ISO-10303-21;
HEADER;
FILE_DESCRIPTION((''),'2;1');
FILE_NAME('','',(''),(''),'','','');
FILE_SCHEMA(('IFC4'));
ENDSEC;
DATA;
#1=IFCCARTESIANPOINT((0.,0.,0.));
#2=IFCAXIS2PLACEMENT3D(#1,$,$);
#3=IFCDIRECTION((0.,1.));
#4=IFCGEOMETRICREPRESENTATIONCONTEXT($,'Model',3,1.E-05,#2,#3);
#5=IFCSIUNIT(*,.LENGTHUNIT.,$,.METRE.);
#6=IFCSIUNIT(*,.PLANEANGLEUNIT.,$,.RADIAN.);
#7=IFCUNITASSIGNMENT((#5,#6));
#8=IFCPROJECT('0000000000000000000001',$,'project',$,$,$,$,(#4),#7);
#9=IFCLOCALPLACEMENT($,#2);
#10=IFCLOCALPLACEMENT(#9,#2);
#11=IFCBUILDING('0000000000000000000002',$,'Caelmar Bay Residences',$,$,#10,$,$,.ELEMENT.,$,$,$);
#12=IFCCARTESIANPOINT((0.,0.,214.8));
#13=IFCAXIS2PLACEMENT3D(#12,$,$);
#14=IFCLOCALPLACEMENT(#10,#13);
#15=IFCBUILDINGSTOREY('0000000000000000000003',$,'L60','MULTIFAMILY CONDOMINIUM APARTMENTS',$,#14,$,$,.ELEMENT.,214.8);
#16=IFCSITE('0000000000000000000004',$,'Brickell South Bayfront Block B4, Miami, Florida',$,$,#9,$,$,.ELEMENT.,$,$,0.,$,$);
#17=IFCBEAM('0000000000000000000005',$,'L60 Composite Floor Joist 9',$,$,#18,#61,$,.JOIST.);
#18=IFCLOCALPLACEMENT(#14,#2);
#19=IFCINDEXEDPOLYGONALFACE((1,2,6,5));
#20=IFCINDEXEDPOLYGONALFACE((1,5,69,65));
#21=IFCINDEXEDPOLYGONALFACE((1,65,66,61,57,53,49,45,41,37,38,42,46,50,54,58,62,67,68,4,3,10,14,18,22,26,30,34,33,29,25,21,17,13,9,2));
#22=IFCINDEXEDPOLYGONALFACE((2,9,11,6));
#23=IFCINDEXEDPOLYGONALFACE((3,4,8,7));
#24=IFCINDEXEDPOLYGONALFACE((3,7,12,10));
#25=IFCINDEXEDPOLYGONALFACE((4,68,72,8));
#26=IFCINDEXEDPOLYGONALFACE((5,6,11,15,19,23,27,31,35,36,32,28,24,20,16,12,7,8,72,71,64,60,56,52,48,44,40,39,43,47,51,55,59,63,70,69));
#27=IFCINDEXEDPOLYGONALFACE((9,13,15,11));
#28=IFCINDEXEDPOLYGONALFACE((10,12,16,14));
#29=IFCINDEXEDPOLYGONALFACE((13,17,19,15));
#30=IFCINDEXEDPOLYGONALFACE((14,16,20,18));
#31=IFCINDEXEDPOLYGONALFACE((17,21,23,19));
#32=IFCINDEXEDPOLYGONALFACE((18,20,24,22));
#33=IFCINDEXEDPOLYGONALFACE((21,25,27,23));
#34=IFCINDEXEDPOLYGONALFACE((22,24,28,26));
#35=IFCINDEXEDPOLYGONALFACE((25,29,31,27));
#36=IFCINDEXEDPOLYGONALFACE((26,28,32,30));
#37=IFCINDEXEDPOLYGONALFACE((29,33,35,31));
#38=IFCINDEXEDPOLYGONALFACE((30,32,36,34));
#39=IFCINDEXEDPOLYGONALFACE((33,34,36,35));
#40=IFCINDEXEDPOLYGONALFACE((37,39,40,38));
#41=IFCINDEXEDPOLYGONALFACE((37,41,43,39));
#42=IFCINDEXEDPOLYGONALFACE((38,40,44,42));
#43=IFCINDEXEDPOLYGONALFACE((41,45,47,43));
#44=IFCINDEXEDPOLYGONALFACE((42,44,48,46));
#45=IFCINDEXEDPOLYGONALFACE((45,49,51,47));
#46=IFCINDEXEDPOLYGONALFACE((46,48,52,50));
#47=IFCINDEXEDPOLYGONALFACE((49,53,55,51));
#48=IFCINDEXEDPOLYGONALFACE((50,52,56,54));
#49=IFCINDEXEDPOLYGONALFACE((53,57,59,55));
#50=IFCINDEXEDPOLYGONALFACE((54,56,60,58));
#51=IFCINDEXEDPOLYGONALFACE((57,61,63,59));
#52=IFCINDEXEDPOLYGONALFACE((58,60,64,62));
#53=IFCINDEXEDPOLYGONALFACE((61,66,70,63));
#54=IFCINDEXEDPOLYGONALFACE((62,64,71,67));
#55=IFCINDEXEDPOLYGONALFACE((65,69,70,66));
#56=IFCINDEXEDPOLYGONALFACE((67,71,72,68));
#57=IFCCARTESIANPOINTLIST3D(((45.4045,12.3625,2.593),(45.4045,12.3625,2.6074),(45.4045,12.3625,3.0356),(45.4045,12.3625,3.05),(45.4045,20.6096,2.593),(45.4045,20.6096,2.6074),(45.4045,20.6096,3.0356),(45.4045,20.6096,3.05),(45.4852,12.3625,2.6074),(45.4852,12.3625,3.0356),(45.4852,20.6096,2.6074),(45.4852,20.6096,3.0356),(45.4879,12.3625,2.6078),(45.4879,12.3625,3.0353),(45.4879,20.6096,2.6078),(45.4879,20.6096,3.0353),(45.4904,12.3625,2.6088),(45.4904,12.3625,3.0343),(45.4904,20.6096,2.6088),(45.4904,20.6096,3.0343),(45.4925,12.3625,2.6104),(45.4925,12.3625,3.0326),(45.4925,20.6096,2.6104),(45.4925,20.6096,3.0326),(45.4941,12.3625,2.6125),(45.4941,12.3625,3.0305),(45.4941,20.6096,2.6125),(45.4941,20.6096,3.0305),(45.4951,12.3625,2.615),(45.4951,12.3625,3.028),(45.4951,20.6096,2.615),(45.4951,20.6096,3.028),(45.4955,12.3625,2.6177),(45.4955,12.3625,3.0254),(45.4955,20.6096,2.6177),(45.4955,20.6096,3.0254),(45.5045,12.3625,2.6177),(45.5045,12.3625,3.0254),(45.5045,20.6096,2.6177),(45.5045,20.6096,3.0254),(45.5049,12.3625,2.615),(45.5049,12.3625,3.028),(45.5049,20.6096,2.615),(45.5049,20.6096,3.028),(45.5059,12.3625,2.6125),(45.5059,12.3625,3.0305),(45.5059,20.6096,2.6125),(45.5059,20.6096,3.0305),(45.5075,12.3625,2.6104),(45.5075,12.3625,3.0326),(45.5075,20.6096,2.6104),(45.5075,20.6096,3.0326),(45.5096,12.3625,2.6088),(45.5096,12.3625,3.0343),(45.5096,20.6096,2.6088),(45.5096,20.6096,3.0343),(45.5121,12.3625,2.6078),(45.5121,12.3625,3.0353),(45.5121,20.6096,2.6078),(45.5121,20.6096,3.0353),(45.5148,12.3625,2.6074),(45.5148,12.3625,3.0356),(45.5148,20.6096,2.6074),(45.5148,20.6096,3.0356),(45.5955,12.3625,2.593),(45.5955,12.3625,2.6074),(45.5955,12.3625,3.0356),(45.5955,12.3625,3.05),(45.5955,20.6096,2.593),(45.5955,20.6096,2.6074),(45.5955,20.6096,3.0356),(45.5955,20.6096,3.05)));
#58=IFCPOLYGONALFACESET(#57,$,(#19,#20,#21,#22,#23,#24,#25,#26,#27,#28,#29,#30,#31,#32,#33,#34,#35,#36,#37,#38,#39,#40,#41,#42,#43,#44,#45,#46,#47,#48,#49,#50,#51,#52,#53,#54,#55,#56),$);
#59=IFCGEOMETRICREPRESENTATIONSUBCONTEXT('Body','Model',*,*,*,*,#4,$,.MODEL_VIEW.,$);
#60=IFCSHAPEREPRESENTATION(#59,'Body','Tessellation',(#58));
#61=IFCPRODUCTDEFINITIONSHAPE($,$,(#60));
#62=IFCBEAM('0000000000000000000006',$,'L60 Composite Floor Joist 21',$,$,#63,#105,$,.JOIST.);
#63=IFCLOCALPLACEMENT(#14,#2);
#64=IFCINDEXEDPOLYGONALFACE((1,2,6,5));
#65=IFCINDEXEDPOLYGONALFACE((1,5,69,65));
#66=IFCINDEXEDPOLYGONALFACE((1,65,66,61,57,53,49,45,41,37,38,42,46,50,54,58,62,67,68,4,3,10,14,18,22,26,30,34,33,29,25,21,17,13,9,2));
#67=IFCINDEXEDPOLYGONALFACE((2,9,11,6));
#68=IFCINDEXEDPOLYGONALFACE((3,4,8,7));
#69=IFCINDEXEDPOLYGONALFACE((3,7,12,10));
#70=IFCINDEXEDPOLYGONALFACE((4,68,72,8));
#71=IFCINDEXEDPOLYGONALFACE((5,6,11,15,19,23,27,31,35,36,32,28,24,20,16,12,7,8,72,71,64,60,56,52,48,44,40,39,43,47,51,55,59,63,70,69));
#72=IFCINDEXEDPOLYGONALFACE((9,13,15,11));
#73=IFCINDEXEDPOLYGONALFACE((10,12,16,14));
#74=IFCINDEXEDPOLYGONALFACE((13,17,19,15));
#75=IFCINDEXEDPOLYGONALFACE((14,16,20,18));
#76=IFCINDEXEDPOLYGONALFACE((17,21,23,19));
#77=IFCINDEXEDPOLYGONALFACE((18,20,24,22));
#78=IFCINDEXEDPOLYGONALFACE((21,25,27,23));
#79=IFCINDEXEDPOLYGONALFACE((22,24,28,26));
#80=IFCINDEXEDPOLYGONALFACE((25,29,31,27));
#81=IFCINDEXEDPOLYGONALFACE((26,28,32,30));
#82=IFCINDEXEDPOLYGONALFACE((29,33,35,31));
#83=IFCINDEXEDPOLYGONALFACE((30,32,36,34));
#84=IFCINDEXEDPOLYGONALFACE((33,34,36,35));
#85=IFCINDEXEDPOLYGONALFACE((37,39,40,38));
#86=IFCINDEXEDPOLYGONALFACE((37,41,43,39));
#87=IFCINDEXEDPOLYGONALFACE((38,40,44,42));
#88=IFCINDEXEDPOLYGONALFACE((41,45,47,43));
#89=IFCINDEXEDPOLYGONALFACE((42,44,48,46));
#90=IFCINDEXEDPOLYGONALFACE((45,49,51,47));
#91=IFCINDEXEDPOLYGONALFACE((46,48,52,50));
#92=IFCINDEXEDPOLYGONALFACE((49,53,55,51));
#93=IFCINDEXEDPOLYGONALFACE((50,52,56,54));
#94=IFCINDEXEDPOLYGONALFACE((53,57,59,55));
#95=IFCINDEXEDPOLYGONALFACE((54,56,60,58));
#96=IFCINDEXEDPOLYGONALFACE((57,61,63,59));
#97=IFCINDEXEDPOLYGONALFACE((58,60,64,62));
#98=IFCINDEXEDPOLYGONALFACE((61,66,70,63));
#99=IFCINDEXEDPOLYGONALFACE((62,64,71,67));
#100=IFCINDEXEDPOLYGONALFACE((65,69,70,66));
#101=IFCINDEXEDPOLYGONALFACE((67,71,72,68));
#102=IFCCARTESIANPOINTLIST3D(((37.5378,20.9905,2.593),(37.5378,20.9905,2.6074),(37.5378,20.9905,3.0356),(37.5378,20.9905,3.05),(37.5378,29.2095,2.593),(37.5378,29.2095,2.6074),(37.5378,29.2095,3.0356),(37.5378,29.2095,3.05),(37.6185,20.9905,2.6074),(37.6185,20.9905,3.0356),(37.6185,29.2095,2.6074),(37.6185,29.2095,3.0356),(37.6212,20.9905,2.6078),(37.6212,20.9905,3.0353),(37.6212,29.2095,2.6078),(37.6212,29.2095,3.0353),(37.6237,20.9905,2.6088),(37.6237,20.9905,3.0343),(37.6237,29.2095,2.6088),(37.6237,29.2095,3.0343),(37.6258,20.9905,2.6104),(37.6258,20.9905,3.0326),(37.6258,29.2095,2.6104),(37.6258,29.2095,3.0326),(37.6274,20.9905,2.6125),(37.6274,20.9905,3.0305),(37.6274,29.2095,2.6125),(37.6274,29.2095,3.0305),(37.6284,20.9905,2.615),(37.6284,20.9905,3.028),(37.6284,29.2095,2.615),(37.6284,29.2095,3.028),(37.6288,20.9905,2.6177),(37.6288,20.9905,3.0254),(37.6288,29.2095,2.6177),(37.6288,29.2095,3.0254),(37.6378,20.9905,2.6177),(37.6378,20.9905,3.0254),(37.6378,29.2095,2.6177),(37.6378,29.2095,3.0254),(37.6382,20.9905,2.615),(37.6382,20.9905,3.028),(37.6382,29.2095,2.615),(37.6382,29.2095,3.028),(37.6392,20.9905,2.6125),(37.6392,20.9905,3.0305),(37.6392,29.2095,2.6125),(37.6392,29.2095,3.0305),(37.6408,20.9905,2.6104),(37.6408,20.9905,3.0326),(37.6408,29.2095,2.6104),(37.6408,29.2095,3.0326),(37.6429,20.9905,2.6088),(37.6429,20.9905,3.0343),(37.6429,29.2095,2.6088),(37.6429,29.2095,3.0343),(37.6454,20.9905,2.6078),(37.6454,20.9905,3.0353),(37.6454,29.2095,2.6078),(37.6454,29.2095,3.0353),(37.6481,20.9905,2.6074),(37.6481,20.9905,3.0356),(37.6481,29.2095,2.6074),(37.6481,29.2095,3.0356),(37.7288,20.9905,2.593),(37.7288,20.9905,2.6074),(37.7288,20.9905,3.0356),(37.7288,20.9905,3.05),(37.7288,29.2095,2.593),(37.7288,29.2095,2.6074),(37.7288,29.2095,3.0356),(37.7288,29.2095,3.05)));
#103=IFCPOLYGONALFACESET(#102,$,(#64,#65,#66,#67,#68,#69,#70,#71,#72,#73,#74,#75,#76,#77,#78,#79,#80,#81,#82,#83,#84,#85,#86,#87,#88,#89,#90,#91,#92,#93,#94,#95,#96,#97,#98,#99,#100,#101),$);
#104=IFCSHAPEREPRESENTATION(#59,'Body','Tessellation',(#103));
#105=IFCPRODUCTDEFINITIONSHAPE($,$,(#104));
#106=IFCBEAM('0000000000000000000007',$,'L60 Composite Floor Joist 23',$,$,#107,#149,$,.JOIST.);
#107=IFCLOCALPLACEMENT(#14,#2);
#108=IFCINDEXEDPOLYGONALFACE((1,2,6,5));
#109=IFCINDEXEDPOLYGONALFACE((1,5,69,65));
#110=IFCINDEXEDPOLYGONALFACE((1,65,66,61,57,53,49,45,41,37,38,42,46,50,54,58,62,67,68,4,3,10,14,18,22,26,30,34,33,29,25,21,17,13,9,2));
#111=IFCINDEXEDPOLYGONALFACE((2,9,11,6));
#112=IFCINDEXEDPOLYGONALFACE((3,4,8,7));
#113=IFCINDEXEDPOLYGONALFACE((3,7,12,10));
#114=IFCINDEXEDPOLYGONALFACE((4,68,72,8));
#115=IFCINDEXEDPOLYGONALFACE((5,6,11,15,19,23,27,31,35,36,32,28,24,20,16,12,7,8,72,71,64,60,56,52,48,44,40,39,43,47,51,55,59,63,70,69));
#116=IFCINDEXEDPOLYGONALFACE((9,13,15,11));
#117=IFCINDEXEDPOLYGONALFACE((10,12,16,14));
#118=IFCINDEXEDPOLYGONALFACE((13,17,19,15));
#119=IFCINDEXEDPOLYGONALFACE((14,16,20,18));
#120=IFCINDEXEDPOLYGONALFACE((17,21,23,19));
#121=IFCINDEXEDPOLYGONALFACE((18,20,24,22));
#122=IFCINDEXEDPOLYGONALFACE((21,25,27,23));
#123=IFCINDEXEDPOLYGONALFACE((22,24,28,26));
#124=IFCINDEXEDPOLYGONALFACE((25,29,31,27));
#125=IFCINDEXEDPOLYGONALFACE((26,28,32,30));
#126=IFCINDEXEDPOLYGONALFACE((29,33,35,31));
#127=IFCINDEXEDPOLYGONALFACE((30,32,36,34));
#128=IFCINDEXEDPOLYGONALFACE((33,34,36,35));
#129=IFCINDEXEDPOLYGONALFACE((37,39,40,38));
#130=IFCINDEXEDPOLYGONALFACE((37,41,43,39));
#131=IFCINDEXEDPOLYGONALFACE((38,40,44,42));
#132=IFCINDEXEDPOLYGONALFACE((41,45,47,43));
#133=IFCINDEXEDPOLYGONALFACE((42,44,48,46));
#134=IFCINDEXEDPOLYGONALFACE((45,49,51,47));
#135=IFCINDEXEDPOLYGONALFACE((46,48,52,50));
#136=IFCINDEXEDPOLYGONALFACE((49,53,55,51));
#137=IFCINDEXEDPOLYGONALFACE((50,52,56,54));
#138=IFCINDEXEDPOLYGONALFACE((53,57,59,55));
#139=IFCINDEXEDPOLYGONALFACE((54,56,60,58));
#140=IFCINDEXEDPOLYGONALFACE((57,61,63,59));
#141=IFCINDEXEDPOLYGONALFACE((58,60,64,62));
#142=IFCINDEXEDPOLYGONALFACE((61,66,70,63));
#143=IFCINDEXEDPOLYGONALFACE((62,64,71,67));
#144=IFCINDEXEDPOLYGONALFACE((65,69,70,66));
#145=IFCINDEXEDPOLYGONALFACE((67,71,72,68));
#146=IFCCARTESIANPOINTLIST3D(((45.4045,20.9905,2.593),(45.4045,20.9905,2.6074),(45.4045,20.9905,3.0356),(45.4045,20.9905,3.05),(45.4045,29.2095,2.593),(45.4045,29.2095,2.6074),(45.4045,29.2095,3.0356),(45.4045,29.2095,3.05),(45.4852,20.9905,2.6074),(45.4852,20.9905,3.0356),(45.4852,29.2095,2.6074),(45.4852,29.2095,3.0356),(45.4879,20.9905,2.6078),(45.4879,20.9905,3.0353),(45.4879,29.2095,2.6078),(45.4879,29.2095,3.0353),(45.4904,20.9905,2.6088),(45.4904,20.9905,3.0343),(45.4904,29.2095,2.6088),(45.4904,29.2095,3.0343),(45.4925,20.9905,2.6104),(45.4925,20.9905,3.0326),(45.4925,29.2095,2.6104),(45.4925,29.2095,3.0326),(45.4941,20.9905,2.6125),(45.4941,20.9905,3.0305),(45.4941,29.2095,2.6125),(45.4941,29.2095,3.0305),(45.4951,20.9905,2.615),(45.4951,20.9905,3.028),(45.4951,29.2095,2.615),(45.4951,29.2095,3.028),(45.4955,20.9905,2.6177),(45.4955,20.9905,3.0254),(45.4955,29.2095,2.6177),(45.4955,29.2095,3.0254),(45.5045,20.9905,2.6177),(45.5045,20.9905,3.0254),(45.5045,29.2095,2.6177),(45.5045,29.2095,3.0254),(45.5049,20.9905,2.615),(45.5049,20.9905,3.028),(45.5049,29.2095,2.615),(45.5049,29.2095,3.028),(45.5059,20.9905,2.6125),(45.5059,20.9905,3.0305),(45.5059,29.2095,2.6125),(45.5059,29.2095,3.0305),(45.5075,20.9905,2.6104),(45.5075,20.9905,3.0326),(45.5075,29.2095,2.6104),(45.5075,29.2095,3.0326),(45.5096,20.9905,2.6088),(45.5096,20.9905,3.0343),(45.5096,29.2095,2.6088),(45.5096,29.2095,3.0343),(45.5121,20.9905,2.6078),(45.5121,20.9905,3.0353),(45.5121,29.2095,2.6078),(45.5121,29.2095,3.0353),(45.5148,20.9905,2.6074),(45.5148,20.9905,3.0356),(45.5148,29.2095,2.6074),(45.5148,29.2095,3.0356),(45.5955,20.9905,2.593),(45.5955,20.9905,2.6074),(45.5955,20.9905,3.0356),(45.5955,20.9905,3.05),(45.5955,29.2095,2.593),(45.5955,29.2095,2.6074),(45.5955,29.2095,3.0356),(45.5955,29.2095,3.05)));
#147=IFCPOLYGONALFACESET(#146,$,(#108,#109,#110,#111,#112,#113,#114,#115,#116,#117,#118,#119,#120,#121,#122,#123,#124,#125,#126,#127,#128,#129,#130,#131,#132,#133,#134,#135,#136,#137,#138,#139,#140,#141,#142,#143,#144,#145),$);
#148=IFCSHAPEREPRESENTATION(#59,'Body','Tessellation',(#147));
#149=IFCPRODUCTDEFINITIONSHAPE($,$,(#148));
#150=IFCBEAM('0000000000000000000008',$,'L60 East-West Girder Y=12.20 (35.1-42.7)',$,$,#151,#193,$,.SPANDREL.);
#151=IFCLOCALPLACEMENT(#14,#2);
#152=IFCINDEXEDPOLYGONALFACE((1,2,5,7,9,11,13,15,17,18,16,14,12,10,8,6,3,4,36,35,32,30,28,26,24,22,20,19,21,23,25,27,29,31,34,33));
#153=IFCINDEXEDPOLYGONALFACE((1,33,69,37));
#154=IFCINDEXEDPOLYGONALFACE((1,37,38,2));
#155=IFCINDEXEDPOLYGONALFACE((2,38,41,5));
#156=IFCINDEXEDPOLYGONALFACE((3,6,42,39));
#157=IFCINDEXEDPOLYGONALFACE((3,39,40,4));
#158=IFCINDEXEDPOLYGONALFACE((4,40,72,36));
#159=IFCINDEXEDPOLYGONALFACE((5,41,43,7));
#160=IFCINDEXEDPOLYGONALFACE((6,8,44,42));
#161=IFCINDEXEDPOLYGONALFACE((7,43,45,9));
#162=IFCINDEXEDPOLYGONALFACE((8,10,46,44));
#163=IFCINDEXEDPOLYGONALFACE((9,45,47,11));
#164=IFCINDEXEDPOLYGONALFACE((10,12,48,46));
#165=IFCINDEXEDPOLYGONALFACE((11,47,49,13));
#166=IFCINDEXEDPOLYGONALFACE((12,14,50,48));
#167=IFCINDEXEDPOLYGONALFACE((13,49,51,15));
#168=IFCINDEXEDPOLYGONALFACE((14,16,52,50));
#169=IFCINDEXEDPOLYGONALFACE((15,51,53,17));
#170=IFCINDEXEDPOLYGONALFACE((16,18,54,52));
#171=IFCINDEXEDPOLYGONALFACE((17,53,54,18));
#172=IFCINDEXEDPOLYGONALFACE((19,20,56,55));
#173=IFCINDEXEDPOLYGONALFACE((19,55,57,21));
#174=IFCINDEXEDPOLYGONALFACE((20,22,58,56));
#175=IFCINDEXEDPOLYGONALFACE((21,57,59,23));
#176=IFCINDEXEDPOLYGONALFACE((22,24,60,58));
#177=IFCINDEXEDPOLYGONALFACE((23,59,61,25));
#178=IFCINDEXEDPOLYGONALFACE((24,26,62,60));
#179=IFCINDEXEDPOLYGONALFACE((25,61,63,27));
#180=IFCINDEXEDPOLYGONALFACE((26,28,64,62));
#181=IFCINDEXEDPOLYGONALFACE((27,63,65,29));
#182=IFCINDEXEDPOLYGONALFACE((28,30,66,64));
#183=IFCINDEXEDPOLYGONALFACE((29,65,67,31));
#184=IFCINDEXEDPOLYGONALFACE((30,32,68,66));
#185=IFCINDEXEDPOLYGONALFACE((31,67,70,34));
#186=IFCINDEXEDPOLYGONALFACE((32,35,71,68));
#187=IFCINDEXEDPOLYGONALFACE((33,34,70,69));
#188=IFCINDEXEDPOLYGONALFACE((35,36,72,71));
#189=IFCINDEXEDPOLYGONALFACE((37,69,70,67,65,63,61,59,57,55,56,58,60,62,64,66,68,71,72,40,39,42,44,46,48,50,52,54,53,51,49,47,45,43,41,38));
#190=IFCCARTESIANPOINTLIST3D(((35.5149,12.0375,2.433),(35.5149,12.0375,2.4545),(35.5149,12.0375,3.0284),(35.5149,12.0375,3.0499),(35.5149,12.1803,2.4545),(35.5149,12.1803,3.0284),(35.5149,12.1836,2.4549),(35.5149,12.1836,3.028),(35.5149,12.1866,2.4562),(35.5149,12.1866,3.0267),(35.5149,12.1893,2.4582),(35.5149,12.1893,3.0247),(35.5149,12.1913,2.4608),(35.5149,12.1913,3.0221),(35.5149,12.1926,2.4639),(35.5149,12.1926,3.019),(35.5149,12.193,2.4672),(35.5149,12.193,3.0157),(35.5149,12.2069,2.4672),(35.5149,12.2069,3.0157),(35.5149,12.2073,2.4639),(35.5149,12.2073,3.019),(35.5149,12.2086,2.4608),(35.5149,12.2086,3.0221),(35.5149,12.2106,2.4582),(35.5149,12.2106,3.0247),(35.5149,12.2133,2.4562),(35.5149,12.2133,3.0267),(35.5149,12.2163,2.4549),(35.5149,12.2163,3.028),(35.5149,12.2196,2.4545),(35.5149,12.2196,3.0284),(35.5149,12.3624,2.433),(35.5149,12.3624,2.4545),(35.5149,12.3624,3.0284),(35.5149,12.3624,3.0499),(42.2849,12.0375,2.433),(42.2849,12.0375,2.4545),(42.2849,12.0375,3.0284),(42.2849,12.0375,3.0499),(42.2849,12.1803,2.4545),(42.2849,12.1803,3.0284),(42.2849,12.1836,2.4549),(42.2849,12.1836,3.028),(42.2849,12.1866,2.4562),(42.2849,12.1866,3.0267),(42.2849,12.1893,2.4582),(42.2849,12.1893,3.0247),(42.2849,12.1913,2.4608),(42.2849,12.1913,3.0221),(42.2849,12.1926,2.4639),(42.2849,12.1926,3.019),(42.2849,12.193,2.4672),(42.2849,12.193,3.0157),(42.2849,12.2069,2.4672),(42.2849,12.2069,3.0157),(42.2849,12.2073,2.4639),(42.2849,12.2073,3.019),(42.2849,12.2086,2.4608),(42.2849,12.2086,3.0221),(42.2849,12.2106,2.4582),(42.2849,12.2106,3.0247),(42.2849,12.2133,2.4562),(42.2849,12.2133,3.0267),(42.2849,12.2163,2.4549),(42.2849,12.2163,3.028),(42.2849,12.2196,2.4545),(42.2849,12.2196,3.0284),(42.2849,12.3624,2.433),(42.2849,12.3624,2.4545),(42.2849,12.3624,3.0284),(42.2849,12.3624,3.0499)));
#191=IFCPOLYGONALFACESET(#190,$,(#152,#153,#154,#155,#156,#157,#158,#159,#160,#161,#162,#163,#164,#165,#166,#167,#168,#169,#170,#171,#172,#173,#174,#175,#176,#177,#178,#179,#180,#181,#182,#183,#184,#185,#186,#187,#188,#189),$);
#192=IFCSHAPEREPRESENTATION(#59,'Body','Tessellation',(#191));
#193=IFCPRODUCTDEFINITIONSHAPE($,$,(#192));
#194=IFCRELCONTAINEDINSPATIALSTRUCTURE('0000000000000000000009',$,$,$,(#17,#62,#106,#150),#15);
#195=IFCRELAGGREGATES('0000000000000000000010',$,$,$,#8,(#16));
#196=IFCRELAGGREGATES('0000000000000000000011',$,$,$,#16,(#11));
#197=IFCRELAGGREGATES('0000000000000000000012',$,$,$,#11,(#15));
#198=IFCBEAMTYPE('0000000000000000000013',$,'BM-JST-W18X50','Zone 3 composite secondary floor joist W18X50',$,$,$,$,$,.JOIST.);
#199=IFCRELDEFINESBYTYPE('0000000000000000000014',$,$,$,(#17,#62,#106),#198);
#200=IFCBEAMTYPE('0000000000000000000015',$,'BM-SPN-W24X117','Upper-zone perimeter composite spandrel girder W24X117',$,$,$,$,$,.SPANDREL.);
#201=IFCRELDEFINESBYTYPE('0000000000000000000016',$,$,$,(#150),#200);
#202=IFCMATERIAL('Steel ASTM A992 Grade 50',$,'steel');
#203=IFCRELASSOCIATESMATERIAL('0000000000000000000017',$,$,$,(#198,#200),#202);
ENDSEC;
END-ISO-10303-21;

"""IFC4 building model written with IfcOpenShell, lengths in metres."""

from ifc_helpers import new_model, si_unit, direction, frame, origin, origin_2d, place, context, subcontext, project, spatial, i_section, extrude, material, material_profile, profile_set, type_object, element, save


model = new_model("IFC4")

# Units and contexts
model_context = context("Model", 3, precision=1e-05, world=origin(), true_north=direction((0.0, 1.0)))
body_context = subcontext(model_context, "Body", "Model", "MODEL_VIEW")
ifc_project = project(units=[si_unit("LENGTHUNIT", "METRE"), si_unit("PLANEANGLEUNIT", "RADIAN")], contexts=[model_context])

# Site, building, storey
site_placement = place(None, origin())
site = spatial("IfcSite", under=ifc_project, at=site_placement, Name="Brickell South Bayfront Block B4, Miami, Florida", CompositionType="ELEMENT", RefElevation=0.0)
building_placement = place(site_placement, origin())
building = spatial("IfcBuilding", under=site, at=building_placement, Name="Caelmar Bay Residences", CompositionType="ELEMENT")
storey_placement = place(building_placement, frame((0.0, 0.0, 214.8)))
storey = spatial("IfcBuildingStorey", under=building, at=storey_placement, Name="L60", Description="MULTIFAMILY CONDOMINIUM APARTMENTS", CompositionType="ELEMENT", Elevation=214.8)

# Beams
ifc_material_1 = material(Name="Steel ASTM A992 Grade 50", Category="steel")
ifc_material_profile_1 = material_profile(ifc_material_1, i_section(OverallWidth=0.1909, OverallDepth=0.457, WebThickness=0.009, FlangeThickness=0.0144, FilletRadius=0.0103, at=origin_2d()), Name="W18X50")
ifc_profile_set_1 = profile_set([ifc_material_profile_1], Name="Steel ASTM A992 Grade 50")
beam_type_1 = type_object("IfcBeamType", Name="BM-JST-W18X50", Description="Zone 3 composite secondary floor joist W18X50", PredefinedType="JOIST", material=ifc_profile_set_1)
for number, where, z_axis, x_axis, name in (
    (1, (45.5, 12.3625, 2.8215), (0.0, 1.0, 0.0), (-1.0, 0.0, 0.0), "L60 Composite Floor Joist 9"),
):
    element("IfcBeam", number, at=place(storey_placement, frame(where, z_axis=z_axis, x_axis=x_axis)), inside=storey, type_object=beam_type_1, Name=name, PredefinedType="JOIST", context=body_context, shape_type="SweptSolid", body=[
        extrude(i_section(OverallWidth=0.1909, OverallDepth=0.457, WebThickness=0.009, FlangeThickness=0.0144, FilletRadius=0.0103, at=origin_2d()), origin(), (0.0, 0.0, 1.0), 8.2471),
    ])
for number, where, z_axis, x_axis, name in (
    (2, (37.6333, 20.9905, 2.8215), (0.0, 1.0, 0.0), (-1.0, 0.0, 0.0), "L60 Composite Floor Joist 21"),
    (3, (45.5, 20.9905, 2.8215), (0.0, 1.0, 0.0), (-1.0, 0.0, 0.0), "L60 Composite Floor Joist 23"),
):
    element("IfcBeam", number, at=place(storey_placement, frame(where, z_axis=z_axis, x_axis=x_axis)), inside=storey, type_object=beam_type_1, Name=name, PredefinedType="JOIST", context=body_context, shape_type="SweptSolid", body=[
        extrude(i_section(OverallWidth=0.1909, OverallDepth=0.457, WebThickness=0.009, FlangeThickness=0.0144, FilletRadius=0.0103, at=origin_2d()), origin(), (0.0, 0.0, 1.0), 8.219),
    ])
ifc_material_profile_2 = material_profile(ifc_material_1, i_section(OverallWidth=0.325, OverallDepth=0.6169, WebThickness=0.0139, FlangeThickness=0.0215, FilletRadius=0.0127, at=origin_2d()), Name="W24X117")
ifc_profile_set_2 = profile_set([ifc_material_profile_2], Name="Steel ASTM A992 Grade 50")
beam_type_2 = type_object("IfcBeamType", Name="BM-SPN-W24X117", Description="Upper-zone perimeter composite spandrel girder W24X117", PredefinedType="SPANDREL", material=ifc_profile_set_2)
beam_1_placement = place(storey_placement, frame((35.5149, 12.2, 2.7415), z_axis=(1.0, 0.0, 0.0), x_axis=(0.0, 1.0, 0.0)))
element("IfcBeam", 4, at=beam_1_placement, inside=storey, type_object=beam_type_2, Name="L60 East-West Girder Y=12.20 (35.1-42.7)", PredefinedType="SPANDREL", context=body_context, shape_type="SweptSolid", body=[
    extrude(i_section(OverallWidth=0.325, OverallDepth=0.6169, WebThickness=0.0139, FlangeThickness=0.0215, FilletRadius=0.0127, at=origin_2d()), origin(), (0.0, 0.0, 1.0), 6.77),
])

save(model, "model.ifc")
